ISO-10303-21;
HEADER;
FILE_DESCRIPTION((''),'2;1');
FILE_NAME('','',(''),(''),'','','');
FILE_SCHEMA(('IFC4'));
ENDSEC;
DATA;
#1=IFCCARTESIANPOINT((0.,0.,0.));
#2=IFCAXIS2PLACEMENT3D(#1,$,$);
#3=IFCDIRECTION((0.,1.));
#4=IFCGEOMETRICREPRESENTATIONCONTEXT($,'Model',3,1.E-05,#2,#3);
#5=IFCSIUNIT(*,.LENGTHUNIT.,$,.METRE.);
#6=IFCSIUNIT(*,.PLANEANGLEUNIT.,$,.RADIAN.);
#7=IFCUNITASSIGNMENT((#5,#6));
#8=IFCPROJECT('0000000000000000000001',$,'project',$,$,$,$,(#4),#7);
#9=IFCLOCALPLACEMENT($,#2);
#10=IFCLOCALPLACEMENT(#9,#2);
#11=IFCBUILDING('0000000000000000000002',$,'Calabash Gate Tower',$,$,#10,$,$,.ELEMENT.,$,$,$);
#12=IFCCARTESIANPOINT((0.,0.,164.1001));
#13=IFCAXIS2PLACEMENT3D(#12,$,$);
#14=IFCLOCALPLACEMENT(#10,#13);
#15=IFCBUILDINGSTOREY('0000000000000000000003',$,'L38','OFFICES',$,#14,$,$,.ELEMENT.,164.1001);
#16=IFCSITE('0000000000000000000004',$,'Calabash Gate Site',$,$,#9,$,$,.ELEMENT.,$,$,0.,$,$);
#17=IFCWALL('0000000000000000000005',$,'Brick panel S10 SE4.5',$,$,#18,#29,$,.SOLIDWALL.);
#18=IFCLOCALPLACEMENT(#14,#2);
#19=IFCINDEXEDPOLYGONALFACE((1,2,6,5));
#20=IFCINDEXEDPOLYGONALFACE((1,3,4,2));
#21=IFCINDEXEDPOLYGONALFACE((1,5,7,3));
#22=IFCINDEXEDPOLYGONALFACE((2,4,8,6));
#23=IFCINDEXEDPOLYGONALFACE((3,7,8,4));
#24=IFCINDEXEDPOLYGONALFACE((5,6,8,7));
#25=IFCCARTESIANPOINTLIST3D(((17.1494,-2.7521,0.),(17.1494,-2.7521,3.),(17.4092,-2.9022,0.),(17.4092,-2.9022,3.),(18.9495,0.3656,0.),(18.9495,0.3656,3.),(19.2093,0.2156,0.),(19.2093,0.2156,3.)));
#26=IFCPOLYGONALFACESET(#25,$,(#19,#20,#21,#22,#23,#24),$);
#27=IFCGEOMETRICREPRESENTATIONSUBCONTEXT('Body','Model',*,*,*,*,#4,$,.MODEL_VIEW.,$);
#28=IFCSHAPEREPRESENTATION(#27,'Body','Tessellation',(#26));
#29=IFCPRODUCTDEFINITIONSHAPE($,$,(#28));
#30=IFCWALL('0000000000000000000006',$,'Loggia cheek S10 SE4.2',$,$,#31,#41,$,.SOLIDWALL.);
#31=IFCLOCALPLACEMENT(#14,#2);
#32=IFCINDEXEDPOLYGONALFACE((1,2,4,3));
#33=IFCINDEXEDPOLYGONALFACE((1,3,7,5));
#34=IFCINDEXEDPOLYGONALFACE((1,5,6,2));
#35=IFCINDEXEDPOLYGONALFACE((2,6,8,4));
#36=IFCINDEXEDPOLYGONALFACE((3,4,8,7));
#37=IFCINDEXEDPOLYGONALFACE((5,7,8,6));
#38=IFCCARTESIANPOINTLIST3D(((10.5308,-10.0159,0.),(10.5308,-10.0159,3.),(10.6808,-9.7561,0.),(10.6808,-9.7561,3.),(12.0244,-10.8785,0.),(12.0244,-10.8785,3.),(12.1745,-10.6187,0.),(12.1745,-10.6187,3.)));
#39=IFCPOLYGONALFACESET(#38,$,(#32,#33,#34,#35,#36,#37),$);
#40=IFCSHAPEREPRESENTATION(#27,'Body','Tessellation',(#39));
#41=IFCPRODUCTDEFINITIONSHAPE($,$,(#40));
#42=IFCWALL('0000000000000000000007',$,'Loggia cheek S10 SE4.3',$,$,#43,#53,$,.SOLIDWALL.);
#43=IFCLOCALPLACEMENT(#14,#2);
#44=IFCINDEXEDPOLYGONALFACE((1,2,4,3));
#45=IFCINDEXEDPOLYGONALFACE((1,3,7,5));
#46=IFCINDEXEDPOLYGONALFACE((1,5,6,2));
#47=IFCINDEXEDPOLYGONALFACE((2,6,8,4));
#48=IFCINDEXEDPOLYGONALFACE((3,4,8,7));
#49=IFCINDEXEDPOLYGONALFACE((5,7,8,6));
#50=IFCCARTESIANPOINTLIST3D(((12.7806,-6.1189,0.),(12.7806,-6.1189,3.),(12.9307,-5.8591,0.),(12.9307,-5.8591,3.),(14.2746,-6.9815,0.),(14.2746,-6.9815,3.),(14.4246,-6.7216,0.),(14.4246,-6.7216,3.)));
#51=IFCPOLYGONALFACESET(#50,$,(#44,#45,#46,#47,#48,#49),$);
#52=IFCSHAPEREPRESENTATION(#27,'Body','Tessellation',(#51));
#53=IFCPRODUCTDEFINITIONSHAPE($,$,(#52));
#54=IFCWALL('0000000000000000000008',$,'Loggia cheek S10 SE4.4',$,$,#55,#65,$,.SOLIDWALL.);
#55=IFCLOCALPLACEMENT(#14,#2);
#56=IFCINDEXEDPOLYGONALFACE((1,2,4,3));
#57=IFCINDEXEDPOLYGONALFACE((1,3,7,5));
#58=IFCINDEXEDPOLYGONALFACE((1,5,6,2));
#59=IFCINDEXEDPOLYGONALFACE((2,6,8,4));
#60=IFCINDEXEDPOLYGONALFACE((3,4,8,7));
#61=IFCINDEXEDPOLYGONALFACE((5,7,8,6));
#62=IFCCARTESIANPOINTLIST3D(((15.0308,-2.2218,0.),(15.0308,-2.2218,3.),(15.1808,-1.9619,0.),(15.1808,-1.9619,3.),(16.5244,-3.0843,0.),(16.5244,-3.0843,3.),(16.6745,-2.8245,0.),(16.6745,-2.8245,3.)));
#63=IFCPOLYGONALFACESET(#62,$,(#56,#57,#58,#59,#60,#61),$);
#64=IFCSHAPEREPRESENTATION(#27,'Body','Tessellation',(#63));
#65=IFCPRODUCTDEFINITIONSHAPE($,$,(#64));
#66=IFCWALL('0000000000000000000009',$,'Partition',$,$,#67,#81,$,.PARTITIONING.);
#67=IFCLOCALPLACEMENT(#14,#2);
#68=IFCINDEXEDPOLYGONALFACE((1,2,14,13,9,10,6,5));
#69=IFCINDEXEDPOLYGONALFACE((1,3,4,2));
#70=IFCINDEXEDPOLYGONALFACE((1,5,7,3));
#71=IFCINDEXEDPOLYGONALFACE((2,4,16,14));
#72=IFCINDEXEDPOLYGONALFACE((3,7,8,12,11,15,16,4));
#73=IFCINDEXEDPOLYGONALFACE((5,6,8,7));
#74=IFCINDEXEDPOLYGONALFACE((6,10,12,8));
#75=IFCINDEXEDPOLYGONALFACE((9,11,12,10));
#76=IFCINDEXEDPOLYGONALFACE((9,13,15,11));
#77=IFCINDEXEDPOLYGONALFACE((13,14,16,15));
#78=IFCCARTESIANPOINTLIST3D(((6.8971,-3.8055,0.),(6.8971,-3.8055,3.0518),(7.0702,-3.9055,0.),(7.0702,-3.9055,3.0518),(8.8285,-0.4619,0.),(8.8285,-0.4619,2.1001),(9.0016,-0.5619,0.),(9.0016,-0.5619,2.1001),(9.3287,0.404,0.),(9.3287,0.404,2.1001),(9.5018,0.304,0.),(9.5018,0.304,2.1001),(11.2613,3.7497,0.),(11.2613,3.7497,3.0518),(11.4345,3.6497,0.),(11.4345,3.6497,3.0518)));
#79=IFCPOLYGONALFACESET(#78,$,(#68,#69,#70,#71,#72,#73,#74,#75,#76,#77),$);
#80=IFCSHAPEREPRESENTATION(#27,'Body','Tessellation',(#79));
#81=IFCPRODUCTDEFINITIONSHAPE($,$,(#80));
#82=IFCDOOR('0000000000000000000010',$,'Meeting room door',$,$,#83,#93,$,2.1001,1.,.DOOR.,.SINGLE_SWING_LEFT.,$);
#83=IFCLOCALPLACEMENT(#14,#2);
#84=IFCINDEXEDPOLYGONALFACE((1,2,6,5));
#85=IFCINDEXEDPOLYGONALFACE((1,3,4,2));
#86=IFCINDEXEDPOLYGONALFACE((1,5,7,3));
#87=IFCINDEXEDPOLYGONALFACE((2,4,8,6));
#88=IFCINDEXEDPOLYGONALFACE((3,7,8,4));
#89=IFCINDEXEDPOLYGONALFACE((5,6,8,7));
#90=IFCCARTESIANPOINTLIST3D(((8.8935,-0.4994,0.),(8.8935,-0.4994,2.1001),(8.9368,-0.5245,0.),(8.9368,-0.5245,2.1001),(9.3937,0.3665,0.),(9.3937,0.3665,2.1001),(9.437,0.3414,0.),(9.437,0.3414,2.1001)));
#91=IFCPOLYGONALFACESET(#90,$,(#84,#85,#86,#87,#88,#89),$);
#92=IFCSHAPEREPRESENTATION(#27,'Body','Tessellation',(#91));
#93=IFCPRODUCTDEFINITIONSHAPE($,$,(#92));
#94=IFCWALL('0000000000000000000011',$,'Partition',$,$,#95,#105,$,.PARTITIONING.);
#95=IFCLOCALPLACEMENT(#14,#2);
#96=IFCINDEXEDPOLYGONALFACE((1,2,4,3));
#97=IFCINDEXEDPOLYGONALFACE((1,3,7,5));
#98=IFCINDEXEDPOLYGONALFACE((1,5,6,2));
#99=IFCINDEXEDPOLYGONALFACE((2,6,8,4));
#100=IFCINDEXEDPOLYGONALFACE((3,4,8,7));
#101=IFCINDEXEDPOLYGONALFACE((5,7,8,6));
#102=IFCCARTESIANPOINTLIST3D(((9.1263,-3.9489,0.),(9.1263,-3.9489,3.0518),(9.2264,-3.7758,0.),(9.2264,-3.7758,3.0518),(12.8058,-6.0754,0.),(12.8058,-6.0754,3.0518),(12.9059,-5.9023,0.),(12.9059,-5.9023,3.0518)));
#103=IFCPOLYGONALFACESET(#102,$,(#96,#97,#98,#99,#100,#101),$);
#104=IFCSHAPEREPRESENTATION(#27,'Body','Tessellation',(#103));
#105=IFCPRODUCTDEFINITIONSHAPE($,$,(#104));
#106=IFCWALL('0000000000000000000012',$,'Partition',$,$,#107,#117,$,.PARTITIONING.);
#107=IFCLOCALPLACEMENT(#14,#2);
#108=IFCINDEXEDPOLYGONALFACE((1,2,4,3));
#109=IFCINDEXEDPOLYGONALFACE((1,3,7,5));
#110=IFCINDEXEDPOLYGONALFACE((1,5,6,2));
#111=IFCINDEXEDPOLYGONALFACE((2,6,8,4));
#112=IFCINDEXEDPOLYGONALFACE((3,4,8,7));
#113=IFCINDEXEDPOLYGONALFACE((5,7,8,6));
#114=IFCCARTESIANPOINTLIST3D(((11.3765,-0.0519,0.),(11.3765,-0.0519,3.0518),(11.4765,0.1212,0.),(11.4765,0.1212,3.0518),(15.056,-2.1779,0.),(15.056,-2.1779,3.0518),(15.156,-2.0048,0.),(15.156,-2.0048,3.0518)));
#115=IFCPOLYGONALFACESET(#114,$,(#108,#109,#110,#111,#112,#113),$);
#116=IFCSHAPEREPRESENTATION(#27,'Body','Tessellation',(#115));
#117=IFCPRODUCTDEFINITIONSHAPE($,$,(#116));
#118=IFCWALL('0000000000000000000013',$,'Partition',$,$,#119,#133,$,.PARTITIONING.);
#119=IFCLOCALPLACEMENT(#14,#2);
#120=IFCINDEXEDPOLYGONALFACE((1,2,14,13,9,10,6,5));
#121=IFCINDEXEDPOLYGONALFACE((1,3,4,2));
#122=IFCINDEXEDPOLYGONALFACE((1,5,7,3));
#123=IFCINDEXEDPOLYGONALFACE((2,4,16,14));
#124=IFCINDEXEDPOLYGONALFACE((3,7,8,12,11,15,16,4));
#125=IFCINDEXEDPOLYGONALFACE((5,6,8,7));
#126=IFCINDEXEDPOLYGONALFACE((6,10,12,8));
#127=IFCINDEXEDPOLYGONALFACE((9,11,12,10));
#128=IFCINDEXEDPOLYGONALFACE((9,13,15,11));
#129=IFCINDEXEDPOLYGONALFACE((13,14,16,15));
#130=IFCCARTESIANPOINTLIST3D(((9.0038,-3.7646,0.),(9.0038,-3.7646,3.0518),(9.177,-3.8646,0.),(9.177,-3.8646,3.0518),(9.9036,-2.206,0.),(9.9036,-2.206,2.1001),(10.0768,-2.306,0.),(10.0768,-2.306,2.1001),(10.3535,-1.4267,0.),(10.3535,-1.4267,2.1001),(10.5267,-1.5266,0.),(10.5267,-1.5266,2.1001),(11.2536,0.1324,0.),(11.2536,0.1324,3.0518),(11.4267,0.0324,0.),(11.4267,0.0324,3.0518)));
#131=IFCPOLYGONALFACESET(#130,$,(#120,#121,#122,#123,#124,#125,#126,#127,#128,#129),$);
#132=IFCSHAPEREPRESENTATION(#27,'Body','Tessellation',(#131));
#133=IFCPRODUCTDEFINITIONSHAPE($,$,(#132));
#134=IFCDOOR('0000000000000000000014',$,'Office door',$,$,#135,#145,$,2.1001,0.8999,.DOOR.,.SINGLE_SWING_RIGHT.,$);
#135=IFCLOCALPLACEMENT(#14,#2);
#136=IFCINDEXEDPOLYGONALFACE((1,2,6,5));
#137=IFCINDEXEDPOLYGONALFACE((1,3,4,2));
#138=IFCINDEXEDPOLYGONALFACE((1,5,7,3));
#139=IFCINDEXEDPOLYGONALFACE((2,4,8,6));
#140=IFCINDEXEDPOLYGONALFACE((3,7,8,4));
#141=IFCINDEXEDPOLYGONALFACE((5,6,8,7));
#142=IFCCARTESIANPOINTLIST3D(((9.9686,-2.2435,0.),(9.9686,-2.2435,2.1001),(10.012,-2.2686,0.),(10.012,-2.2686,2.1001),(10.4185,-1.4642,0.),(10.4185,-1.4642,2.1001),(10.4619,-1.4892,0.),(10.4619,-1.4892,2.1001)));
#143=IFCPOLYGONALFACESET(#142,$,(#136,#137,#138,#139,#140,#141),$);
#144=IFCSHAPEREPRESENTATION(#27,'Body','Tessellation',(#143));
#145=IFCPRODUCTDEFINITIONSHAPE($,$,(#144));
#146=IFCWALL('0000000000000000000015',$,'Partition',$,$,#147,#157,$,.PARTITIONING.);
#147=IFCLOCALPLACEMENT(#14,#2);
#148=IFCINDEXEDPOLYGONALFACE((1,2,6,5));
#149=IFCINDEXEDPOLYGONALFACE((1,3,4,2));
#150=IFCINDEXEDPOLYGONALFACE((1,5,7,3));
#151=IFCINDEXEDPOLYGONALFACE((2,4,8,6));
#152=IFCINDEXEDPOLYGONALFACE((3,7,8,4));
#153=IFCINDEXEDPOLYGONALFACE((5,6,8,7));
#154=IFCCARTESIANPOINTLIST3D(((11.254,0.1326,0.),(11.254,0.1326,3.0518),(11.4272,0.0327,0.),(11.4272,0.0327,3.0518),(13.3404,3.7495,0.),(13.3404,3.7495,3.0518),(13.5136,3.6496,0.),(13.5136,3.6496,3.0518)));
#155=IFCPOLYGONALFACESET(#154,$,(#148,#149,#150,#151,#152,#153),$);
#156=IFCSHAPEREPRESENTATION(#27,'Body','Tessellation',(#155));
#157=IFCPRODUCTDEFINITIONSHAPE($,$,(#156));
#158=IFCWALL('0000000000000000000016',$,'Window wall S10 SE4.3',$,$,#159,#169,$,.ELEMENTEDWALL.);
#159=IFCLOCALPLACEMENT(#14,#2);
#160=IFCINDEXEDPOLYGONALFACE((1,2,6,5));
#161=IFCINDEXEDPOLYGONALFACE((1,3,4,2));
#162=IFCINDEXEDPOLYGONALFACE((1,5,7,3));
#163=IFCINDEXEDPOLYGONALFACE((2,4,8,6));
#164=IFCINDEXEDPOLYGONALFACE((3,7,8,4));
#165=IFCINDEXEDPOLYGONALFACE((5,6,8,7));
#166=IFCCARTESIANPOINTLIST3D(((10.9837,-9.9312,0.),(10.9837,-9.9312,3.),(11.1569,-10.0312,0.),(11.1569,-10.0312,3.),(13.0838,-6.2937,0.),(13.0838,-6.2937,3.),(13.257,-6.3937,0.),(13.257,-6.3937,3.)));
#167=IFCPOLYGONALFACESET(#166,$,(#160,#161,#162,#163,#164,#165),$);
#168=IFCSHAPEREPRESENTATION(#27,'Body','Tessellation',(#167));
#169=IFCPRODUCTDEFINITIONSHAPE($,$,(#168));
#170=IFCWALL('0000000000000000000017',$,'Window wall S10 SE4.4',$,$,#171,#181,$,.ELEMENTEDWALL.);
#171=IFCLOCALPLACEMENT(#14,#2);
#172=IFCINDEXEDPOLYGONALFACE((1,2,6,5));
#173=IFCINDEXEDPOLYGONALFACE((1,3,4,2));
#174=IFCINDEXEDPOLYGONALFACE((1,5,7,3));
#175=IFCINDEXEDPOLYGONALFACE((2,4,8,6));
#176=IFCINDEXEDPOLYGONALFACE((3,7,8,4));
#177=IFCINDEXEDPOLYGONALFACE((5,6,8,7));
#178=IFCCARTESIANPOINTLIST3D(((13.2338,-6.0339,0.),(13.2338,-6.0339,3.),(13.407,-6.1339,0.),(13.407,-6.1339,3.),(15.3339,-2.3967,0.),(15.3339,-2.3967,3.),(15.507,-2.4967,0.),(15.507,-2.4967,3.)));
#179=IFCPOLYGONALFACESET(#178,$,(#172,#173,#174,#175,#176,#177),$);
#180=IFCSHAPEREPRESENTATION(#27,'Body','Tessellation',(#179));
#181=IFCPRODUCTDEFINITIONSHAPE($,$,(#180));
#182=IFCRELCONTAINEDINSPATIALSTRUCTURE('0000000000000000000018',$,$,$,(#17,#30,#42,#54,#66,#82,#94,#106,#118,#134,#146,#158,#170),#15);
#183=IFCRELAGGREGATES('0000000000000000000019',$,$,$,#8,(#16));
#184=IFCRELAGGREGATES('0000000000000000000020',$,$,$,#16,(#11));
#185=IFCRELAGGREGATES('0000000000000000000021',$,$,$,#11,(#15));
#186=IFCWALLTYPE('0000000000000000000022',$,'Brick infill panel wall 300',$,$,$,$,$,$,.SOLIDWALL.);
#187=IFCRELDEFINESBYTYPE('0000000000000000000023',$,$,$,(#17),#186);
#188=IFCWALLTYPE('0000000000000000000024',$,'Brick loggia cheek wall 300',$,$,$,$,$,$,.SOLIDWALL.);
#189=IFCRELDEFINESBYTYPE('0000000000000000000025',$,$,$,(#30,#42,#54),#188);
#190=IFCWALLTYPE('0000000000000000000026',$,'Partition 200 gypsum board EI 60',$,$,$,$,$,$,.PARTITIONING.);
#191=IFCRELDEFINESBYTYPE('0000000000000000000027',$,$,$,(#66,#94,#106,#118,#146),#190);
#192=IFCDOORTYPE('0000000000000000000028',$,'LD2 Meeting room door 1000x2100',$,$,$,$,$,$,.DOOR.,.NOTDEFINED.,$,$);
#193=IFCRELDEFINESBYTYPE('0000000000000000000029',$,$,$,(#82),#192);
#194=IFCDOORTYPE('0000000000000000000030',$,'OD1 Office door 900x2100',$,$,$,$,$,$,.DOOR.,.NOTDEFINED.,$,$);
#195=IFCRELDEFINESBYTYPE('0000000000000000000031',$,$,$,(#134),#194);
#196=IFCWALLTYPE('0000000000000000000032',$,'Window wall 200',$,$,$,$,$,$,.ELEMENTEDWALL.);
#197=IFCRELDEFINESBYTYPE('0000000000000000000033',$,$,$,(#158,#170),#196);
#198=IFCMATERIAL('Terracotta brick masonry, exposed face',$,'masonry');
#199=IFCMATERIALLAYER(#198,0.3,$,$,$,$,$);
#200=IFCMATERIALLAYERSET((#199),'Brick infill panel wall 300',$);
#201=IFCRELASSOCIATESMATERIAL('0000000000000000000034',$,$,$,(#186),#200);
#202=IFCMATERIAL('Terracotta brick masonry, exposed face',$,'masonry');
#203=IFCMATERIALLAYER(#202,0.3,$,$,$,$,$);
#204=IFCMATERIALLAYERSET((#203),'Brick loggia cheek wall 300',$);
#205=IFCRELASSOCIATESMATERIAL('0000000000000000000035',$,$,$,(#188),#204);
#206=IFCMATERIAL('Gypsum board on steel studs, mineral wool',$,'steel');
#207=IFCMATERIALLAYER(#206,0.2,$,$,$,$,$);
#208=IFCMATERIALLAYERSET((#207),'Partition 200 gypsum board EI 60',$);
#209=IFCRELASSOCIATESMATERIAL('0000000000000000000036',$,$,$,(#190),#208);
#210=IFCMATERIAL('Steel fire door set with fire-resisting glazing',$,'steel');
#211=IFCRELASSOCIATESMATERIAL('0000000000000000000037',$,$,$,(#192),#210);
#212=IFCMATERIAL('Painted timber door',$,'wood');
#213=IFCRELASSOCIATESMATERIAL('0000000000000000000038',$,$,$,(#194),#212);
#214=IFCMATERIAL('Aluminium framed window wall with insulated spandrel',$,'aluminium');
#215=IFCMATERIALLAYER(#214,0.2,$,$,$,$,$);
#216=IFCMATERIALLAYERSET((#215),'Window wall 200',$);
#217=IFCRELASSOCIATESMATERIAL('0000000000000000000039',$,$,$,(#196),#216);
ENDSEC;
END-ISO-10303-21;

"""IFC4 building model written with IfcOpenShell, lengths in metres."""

from ifc_helpers import new_model, si_unit, direction, frame, frame_2d, origin, place, context, subcontext, project, spatial, rectangle, extrude, material, layer, layer_set, type_object, element, fill, save


model = new_model("IFC4")

# Units and contexts
model_context = context("Model", 3, precision=1e-05, world=origin(), true_north=direction((0.0, 1.0)))
body_context = subcontext(model_context, "Body", "Model", "MODEL_VIEW")
ifc_project = project(units=[si_unit("LENGTHUNIT", "METRE"), si_unit("PLANEANGLEUNIT", "RADIAN")], contexts=[model_context])

# Site, building, storey
site_placement = place(None, origin())
site = spatial("IfcSite", under=ifc_project, at=site_placement, Name="Calabash Gate Site", CompositionType="ELEMENT", RefElevation=0.0)
building_placement = place(site_placement, origin())
building = spatial("IfcBuilding", under=site, at=building_placement, Name="Calabash Gate Tower", CompositionType="ELEMENT")
storey_placement = place(building_placement, frame((0.0, 0.0, 164.1001)))
storey = spatial("IfcBuildingStorey", under=building, at=storey_placement, Name="L38", Description="OFFICES", CompositionType="ELEMENT", Elevation=164.1001)

# Walls
ifc_material_1 = material(Name="Terracotta brick masonry, exposed face", Category="masonry")
ifc_layer_1 = layer(ifc_material_1, 0.3)
ifc_layer_set_1 = layer_set([ifc_layer_1], Name="Brick infill panel wall 300")
wall_type_1 = type_object("IfcWallType", Name="Brick infill panel wall 300", PredefinedType="SOLIDWALL", material=ifc_layer_set_1)
wall_1_placement = place(storey_placement, frame((17.2793, -2.8271, 0.0), z_axis=(0.0, 0.0, 1.0), x_axis=(0.500012, 0.866018, 0.0)))
element("IfcWall", 1, at=wall_1_placement, inside=storey, type_object=wall_type_1, Name="Brick panel S10 SE4.5", PredefinedType="SOLIDWALL", context=body_context, shape_type="SweptSolid", body=[
    extrude(rectangle(XDim=3.6001, YDim=0.3, at=frame_2d((1.8, 0.0))), origin(), (0.0, 0.0, 1.0), 3.0),
])
ifc_material_2 = material(Name="Terracotta brick masonry, exposed face", Category="masonry")
ifc_layer_2 = layer(ifc_material_2, 0.3)
ifc_layer_set_2 = layer_set([ifc_layer_2], Name="Brick loggia cheek wall 300")
wall_type_2 = type_object("IfcWallType", Name="Brick loggia cheek wall 300", PredefinedType="SOLIDWALL", material=ifc_layer_set_2)
wall_2_placement = place(storey_placement, frame((12.0994, -10.7485, 0.0), z_axis=(0.0, 0.0, 1.0), x_axis=(-0.865978, 0.500082, 0.0)))
element("IfcWall", 2, at=wall_2_placement, inside=storey, type_object=wall_type_2, Name="Loggia cheek S10 SE4.2", PredefinedType="SOLIDWALL", context=body_context, shape_type="SweptSolid", body=[
    extrude(rectangle(XDim=1.7249, YDim=0.3, at=frame_2d((0.8623, 0.0))), origin(), (0.0, 0.0, 1.0), 3.0),
])
wall_3_placement = place(storey_placement, frame((14.3496, -6.8516, 0.0), z_axis=(0.0, 0.0, 1.0), x_axis=(-0.866014, 0.500021, 0.0)))
element("IfcWall", 3, at=wall_3_placement, inside=storey, type_object=wall_type_2, Name="Loggia cheek S10 SE4.3", PredefinedType="SOLIDWALL", context=body_context, shape_type="SweptSolid", body=[
    extrude(rectangle(XDim=1.7251, YDim=0.3, at=frame_2d((0.8625, 0.0))), origin(), (0.0, 0.0, 1.0), 3.0),
])
wall_4_placement = place(storey_placement, frame((16.5994, -2.9543, 0.0), z_axis=(0.0, 0.0, 1.0), x_axis=(-0.865978, 0.500082, 0.0)))
element("IfcWall", 4, at=wall_4_placement, inside=storey, type_object=wall_type_2, Name="Loggia cheek S10 SE4.4", PredefinedType="SOLIDWALL", context=body_context, shape_type="SweptSolid", body=[
    extrude(rectangle(XDim=1.7249, YDim=0.3, at=frame_2d((0.8623, 0.0))), origin(), (0.0, 0.0, 1.0), 3.0),
])

# Wall, opening, door
ifc_material_3 = material(Name="Gypsum board on steel studs, mineral wool", Category="steel")
ifc_layer_3 = layer(ifc_material_3, 0.2)
ifc_layer_set_3 = layer_set([ifc_layer_3], Name="Partition 200 gypsum board EI 60")
wall_type_3 = type_object("IfcWallType", Name="Partition 200 gypsum board EI 60", PredefinedType="PARTITIONING", material=ifc_layer_set_3)
wall_5_placement = place(storey_placement, frame((6.9836, -3.8555, 0.0), z_axis=(0.0, 0.0, 1.0), x_axis=(0.500196, 0.865912, 0.0)))
wall_5 = element("IfcWall", 5, at=wall_5_placement, inside=storey, type_object=wall_type_3, Name="Partition", PredefinedType="PARTITIONING", context=body_context, shape_type="SweptSolid", body=[
    extrude(rectangle(XDim=8.7251, YDim=0.2, at=frame_2d((4.3625, 0.0))), origin(), (0.0, 0.0, 1.0), 3.0518),
])
opening_1_placement = place(wall_5_placement, frame((3.8613, 0.0, 0.0)))
opening_1 = element("IfcOpeningElement", 6, at=opening_1_placement, cuts=wall_5, PredefinedType="OPENING", context=body_context, shape_type="SweptSolid", body=[
    extrude(rectangle(XDim=1.0, YDim=2.1001, at=frame_2d((0.5, 1.05))), frame((0.0, 0.1099, 0.0), z_axis=(0.0, -1.0, 0.0), x_axis=(1.0, 0.0, 0.0)), (0.0, 0.0, 1.0), 0.22),
])
ifc_material_4 = material(Name="Steel fire door set with fire-resisting glazing", Category="steel")
door_type_1 = type_object("IfcDoorType", Name="LD2 Meeting room door 1000x2100", OperationType="NOTDEFINED", PredefinedType="DOOR", material=ifc_material_4)
door_1_placement = place(opening_1_placement, origin())
door_1 = element("IfcDoor", 7, at=door_1_placement, inside=storey, type_object=door_type_1, Name="Meeting room door", OperationType="SINGLE_SWING_LEFT", OverallHeight=2.1001, OverallWidth=1.0, PredefinedType="DOOR", context=body_context, shape_type="SweptSolid", body=[
    extrude(rectangle(XDim=1.0, YDim=2.1001, at=frame_2d((0.5, 1.05))), frame((0.0, 0.0249, 0.0), z_axis=(0.0, -1.0, 0.0), x_axis=(1.0, 0.0, 0.0)), (0.0, 0.0, 1.0), 0.05),
])
fill(opening_1, door_1)

# Walls
wall_6_placement = place(storey_placement, frame((9.1763, -3.8623, 0.0), z_axis=(0.0, 0.0, 1.0), x_axis=(0.865808, -0.500377, 0.0)))
element("IfcWall", 8, at=wall_6_placement, inside=storey, type_object=wall_type_3, Name="Partition", PredefinedType="PARTITIONING", context=body_context, shape_type="SweptSolid", body=[
    extrude(rectangle(XDim=4.2498, YDim=0.2, at=frame_2d((2.125, 0.0))), origin(), (0.0, 0.0, 1.0), 3.0518),
])
wall_7_placement = place(storey_placement, frame((11.4265, 0.0347, 0.0), z_axis=(0.0, 0.0, 1.0), x_axis=(0.865857, -0.500291, 0.0)))
element("IfcWall", 9, at=wall_7_placement, inside=storey, type_object=wall_type_3, Name="Partition", PredefinedType="PARTITIONING", context=body_context, shape_type="SweptSolid", body=[
    extrude(rectangle(XDim=4.2495, YDim=0.2, at=frame_2d((2.1248, 0.0))), origin(), (0.0, 0.0, 1.0), 3.0518),
])

# Wall, opening, door
wall_8_placement = place(storey_placement, frame((9.0903, -3.8147, 0.0), z_axis=(0.0, 0.0, 1.0), x_axis=(0.499973, 0.866041, 0.0)))
wall_8 = element("IfcWall", 10, at=wall_8_placement, inside=storey, type_object=wall_type_3, Name="Partition", PredefinedType="PARTITIONING", context=body_context, shape_type="SweptSolid", body=[
    extrude(rectangle(XDim=4.4998, YDim=0.2, at=frame_2d((2.25, 0.0))), origin(), (0.0, 0.0, 1.0), 3.0518),
])
opening_2_placement = place(wall_8_placement, frame((1.7998, 0.0, 0.0)))
opening_2 = element("IfcOpeningElement", 11, at=opening_2_placement, cuts=wall_8, PredefinedType="OPENING", context=body_context, shape_type="SweptSolid", body=[
    extrude(rectangle(XDim=0.8999, YDim=2.1001, at=frame_2d((0.45, 1.05))), frame((0.0, 0.1099, 0.0), z_axis=(0.0, -1.0, 0.0), x_axis=(1.0, 0.0, 0.0)), (0.0, 0.0, 1.0), 0.22),
])
ifc_material_5 = material(Name="Painted timber door", Category="wood")
door_type_2 = type_object("IfcDoorType", Name="OD1 Office door 900x2100", OperationType="NOTDEFINED", PredefinedType="DOOR", material=ifc_material_5)
door_2_placement = place(opening_2_placement, origin())
door_2 = element("IfcDoor", 12, at=door_2_placement, inside=storey, type_object=door_type_2, Name="Office door", OperationType="SINGLE_SWING_RIGHT", OverallHeight=2.1001, OverallWidth=0.8999, PredefinedType="DOOR", context=body_context, shape_type="SweptSolid", body=[
    extrude(rectangle(XDim=0.8999, YDim=2.1001, at=frame_2d((0.45, 1.05))), frame((0.0, 0.0249, 0.0), z_axis=(0.0, -1.0, 0.0), x_axis=(1.0, 0.0, 0.0)), (0.0, 0.0, 1.0), 0.05),
])
fill(opening_2, door_2)

# Walls
wall_9_placement = place(storey_placement, frame((11.3406, 0.0825, 0.0), z_axis=(0.0, 0.0, 1.0), x_axis=(0.499674, 0.866214, 0.0)))
element("IfcWall", 13, at=wall_9_placement, inside=storey, type_object=wall_type_3, Name="Partition", PredefinedType="PARTITIONING", context=body_context, shape_type="SweptSolid", body=[
    extrude(rectangle(XDim=4.1755, YDim=0.2, at=frame_2d((2.0879, 0.0))), origin(), (0.0, 0.0, 1.0), 3.0518),
])
ifc_material_6 = material(Name="Aluminium framed window wall with insulated spandrel", Category="aluminium")
ifc_layer_4 = layer(ifc_material_6, 0.2)
ifc_layer_set_4 = layer_set([ifc_layer_4], Name="Window wall 200")
wall_type_4 = type_object("IfcWallType", Name="Window wall 200", PredefinedType="ELEMENTEDWALL", material=ifc_layer_set_4)
wall_10_placement = place(storey_placement, frame((11.0703, -9.9812, 0.0), z_axis=(0.0, 0.0, 1.0), x_axis=(0.500003, 0.866024, 0.0)))
element("IfcWall", 14, at=wall_10_placement, inside=storey, type_object=wall_type_4, Name="Window wall S10 SE4.3", PredefinedType="ELEMENTEDWALL", context=body_context, shape_type="SweptSolid", body=[
    extrude(rectangle(XDim=4.2002, YDim=0.2, at=frame_2d((2.1001, 0.0))), origin(), (0.0, 0.0, 1.0), 3.0),
])
wall_11_placement = place(storey_placement, frame((13.3203, -6.084, 0.0), z_axis=(0.0, 0.0, 1.0), x_axis=(0.500028, 0.866009, 0.0)))
element("IfcWall", 15, at=wall_11_placement, inside=storey, type_object=wall_type_4, Name="Window wall S10 SE4.4", PredefinedType="ELEMENTEDWALL", context=body_context, shape_type="SweptSolid", body=[
    extrude(rectangle(XDim=4.2, YDim=0.2, at=frame_2d((2.1001, 0.0))), origin(), (0.0, 0.0, 1.0), 3.0),
])

save(model, "model.ifc")
